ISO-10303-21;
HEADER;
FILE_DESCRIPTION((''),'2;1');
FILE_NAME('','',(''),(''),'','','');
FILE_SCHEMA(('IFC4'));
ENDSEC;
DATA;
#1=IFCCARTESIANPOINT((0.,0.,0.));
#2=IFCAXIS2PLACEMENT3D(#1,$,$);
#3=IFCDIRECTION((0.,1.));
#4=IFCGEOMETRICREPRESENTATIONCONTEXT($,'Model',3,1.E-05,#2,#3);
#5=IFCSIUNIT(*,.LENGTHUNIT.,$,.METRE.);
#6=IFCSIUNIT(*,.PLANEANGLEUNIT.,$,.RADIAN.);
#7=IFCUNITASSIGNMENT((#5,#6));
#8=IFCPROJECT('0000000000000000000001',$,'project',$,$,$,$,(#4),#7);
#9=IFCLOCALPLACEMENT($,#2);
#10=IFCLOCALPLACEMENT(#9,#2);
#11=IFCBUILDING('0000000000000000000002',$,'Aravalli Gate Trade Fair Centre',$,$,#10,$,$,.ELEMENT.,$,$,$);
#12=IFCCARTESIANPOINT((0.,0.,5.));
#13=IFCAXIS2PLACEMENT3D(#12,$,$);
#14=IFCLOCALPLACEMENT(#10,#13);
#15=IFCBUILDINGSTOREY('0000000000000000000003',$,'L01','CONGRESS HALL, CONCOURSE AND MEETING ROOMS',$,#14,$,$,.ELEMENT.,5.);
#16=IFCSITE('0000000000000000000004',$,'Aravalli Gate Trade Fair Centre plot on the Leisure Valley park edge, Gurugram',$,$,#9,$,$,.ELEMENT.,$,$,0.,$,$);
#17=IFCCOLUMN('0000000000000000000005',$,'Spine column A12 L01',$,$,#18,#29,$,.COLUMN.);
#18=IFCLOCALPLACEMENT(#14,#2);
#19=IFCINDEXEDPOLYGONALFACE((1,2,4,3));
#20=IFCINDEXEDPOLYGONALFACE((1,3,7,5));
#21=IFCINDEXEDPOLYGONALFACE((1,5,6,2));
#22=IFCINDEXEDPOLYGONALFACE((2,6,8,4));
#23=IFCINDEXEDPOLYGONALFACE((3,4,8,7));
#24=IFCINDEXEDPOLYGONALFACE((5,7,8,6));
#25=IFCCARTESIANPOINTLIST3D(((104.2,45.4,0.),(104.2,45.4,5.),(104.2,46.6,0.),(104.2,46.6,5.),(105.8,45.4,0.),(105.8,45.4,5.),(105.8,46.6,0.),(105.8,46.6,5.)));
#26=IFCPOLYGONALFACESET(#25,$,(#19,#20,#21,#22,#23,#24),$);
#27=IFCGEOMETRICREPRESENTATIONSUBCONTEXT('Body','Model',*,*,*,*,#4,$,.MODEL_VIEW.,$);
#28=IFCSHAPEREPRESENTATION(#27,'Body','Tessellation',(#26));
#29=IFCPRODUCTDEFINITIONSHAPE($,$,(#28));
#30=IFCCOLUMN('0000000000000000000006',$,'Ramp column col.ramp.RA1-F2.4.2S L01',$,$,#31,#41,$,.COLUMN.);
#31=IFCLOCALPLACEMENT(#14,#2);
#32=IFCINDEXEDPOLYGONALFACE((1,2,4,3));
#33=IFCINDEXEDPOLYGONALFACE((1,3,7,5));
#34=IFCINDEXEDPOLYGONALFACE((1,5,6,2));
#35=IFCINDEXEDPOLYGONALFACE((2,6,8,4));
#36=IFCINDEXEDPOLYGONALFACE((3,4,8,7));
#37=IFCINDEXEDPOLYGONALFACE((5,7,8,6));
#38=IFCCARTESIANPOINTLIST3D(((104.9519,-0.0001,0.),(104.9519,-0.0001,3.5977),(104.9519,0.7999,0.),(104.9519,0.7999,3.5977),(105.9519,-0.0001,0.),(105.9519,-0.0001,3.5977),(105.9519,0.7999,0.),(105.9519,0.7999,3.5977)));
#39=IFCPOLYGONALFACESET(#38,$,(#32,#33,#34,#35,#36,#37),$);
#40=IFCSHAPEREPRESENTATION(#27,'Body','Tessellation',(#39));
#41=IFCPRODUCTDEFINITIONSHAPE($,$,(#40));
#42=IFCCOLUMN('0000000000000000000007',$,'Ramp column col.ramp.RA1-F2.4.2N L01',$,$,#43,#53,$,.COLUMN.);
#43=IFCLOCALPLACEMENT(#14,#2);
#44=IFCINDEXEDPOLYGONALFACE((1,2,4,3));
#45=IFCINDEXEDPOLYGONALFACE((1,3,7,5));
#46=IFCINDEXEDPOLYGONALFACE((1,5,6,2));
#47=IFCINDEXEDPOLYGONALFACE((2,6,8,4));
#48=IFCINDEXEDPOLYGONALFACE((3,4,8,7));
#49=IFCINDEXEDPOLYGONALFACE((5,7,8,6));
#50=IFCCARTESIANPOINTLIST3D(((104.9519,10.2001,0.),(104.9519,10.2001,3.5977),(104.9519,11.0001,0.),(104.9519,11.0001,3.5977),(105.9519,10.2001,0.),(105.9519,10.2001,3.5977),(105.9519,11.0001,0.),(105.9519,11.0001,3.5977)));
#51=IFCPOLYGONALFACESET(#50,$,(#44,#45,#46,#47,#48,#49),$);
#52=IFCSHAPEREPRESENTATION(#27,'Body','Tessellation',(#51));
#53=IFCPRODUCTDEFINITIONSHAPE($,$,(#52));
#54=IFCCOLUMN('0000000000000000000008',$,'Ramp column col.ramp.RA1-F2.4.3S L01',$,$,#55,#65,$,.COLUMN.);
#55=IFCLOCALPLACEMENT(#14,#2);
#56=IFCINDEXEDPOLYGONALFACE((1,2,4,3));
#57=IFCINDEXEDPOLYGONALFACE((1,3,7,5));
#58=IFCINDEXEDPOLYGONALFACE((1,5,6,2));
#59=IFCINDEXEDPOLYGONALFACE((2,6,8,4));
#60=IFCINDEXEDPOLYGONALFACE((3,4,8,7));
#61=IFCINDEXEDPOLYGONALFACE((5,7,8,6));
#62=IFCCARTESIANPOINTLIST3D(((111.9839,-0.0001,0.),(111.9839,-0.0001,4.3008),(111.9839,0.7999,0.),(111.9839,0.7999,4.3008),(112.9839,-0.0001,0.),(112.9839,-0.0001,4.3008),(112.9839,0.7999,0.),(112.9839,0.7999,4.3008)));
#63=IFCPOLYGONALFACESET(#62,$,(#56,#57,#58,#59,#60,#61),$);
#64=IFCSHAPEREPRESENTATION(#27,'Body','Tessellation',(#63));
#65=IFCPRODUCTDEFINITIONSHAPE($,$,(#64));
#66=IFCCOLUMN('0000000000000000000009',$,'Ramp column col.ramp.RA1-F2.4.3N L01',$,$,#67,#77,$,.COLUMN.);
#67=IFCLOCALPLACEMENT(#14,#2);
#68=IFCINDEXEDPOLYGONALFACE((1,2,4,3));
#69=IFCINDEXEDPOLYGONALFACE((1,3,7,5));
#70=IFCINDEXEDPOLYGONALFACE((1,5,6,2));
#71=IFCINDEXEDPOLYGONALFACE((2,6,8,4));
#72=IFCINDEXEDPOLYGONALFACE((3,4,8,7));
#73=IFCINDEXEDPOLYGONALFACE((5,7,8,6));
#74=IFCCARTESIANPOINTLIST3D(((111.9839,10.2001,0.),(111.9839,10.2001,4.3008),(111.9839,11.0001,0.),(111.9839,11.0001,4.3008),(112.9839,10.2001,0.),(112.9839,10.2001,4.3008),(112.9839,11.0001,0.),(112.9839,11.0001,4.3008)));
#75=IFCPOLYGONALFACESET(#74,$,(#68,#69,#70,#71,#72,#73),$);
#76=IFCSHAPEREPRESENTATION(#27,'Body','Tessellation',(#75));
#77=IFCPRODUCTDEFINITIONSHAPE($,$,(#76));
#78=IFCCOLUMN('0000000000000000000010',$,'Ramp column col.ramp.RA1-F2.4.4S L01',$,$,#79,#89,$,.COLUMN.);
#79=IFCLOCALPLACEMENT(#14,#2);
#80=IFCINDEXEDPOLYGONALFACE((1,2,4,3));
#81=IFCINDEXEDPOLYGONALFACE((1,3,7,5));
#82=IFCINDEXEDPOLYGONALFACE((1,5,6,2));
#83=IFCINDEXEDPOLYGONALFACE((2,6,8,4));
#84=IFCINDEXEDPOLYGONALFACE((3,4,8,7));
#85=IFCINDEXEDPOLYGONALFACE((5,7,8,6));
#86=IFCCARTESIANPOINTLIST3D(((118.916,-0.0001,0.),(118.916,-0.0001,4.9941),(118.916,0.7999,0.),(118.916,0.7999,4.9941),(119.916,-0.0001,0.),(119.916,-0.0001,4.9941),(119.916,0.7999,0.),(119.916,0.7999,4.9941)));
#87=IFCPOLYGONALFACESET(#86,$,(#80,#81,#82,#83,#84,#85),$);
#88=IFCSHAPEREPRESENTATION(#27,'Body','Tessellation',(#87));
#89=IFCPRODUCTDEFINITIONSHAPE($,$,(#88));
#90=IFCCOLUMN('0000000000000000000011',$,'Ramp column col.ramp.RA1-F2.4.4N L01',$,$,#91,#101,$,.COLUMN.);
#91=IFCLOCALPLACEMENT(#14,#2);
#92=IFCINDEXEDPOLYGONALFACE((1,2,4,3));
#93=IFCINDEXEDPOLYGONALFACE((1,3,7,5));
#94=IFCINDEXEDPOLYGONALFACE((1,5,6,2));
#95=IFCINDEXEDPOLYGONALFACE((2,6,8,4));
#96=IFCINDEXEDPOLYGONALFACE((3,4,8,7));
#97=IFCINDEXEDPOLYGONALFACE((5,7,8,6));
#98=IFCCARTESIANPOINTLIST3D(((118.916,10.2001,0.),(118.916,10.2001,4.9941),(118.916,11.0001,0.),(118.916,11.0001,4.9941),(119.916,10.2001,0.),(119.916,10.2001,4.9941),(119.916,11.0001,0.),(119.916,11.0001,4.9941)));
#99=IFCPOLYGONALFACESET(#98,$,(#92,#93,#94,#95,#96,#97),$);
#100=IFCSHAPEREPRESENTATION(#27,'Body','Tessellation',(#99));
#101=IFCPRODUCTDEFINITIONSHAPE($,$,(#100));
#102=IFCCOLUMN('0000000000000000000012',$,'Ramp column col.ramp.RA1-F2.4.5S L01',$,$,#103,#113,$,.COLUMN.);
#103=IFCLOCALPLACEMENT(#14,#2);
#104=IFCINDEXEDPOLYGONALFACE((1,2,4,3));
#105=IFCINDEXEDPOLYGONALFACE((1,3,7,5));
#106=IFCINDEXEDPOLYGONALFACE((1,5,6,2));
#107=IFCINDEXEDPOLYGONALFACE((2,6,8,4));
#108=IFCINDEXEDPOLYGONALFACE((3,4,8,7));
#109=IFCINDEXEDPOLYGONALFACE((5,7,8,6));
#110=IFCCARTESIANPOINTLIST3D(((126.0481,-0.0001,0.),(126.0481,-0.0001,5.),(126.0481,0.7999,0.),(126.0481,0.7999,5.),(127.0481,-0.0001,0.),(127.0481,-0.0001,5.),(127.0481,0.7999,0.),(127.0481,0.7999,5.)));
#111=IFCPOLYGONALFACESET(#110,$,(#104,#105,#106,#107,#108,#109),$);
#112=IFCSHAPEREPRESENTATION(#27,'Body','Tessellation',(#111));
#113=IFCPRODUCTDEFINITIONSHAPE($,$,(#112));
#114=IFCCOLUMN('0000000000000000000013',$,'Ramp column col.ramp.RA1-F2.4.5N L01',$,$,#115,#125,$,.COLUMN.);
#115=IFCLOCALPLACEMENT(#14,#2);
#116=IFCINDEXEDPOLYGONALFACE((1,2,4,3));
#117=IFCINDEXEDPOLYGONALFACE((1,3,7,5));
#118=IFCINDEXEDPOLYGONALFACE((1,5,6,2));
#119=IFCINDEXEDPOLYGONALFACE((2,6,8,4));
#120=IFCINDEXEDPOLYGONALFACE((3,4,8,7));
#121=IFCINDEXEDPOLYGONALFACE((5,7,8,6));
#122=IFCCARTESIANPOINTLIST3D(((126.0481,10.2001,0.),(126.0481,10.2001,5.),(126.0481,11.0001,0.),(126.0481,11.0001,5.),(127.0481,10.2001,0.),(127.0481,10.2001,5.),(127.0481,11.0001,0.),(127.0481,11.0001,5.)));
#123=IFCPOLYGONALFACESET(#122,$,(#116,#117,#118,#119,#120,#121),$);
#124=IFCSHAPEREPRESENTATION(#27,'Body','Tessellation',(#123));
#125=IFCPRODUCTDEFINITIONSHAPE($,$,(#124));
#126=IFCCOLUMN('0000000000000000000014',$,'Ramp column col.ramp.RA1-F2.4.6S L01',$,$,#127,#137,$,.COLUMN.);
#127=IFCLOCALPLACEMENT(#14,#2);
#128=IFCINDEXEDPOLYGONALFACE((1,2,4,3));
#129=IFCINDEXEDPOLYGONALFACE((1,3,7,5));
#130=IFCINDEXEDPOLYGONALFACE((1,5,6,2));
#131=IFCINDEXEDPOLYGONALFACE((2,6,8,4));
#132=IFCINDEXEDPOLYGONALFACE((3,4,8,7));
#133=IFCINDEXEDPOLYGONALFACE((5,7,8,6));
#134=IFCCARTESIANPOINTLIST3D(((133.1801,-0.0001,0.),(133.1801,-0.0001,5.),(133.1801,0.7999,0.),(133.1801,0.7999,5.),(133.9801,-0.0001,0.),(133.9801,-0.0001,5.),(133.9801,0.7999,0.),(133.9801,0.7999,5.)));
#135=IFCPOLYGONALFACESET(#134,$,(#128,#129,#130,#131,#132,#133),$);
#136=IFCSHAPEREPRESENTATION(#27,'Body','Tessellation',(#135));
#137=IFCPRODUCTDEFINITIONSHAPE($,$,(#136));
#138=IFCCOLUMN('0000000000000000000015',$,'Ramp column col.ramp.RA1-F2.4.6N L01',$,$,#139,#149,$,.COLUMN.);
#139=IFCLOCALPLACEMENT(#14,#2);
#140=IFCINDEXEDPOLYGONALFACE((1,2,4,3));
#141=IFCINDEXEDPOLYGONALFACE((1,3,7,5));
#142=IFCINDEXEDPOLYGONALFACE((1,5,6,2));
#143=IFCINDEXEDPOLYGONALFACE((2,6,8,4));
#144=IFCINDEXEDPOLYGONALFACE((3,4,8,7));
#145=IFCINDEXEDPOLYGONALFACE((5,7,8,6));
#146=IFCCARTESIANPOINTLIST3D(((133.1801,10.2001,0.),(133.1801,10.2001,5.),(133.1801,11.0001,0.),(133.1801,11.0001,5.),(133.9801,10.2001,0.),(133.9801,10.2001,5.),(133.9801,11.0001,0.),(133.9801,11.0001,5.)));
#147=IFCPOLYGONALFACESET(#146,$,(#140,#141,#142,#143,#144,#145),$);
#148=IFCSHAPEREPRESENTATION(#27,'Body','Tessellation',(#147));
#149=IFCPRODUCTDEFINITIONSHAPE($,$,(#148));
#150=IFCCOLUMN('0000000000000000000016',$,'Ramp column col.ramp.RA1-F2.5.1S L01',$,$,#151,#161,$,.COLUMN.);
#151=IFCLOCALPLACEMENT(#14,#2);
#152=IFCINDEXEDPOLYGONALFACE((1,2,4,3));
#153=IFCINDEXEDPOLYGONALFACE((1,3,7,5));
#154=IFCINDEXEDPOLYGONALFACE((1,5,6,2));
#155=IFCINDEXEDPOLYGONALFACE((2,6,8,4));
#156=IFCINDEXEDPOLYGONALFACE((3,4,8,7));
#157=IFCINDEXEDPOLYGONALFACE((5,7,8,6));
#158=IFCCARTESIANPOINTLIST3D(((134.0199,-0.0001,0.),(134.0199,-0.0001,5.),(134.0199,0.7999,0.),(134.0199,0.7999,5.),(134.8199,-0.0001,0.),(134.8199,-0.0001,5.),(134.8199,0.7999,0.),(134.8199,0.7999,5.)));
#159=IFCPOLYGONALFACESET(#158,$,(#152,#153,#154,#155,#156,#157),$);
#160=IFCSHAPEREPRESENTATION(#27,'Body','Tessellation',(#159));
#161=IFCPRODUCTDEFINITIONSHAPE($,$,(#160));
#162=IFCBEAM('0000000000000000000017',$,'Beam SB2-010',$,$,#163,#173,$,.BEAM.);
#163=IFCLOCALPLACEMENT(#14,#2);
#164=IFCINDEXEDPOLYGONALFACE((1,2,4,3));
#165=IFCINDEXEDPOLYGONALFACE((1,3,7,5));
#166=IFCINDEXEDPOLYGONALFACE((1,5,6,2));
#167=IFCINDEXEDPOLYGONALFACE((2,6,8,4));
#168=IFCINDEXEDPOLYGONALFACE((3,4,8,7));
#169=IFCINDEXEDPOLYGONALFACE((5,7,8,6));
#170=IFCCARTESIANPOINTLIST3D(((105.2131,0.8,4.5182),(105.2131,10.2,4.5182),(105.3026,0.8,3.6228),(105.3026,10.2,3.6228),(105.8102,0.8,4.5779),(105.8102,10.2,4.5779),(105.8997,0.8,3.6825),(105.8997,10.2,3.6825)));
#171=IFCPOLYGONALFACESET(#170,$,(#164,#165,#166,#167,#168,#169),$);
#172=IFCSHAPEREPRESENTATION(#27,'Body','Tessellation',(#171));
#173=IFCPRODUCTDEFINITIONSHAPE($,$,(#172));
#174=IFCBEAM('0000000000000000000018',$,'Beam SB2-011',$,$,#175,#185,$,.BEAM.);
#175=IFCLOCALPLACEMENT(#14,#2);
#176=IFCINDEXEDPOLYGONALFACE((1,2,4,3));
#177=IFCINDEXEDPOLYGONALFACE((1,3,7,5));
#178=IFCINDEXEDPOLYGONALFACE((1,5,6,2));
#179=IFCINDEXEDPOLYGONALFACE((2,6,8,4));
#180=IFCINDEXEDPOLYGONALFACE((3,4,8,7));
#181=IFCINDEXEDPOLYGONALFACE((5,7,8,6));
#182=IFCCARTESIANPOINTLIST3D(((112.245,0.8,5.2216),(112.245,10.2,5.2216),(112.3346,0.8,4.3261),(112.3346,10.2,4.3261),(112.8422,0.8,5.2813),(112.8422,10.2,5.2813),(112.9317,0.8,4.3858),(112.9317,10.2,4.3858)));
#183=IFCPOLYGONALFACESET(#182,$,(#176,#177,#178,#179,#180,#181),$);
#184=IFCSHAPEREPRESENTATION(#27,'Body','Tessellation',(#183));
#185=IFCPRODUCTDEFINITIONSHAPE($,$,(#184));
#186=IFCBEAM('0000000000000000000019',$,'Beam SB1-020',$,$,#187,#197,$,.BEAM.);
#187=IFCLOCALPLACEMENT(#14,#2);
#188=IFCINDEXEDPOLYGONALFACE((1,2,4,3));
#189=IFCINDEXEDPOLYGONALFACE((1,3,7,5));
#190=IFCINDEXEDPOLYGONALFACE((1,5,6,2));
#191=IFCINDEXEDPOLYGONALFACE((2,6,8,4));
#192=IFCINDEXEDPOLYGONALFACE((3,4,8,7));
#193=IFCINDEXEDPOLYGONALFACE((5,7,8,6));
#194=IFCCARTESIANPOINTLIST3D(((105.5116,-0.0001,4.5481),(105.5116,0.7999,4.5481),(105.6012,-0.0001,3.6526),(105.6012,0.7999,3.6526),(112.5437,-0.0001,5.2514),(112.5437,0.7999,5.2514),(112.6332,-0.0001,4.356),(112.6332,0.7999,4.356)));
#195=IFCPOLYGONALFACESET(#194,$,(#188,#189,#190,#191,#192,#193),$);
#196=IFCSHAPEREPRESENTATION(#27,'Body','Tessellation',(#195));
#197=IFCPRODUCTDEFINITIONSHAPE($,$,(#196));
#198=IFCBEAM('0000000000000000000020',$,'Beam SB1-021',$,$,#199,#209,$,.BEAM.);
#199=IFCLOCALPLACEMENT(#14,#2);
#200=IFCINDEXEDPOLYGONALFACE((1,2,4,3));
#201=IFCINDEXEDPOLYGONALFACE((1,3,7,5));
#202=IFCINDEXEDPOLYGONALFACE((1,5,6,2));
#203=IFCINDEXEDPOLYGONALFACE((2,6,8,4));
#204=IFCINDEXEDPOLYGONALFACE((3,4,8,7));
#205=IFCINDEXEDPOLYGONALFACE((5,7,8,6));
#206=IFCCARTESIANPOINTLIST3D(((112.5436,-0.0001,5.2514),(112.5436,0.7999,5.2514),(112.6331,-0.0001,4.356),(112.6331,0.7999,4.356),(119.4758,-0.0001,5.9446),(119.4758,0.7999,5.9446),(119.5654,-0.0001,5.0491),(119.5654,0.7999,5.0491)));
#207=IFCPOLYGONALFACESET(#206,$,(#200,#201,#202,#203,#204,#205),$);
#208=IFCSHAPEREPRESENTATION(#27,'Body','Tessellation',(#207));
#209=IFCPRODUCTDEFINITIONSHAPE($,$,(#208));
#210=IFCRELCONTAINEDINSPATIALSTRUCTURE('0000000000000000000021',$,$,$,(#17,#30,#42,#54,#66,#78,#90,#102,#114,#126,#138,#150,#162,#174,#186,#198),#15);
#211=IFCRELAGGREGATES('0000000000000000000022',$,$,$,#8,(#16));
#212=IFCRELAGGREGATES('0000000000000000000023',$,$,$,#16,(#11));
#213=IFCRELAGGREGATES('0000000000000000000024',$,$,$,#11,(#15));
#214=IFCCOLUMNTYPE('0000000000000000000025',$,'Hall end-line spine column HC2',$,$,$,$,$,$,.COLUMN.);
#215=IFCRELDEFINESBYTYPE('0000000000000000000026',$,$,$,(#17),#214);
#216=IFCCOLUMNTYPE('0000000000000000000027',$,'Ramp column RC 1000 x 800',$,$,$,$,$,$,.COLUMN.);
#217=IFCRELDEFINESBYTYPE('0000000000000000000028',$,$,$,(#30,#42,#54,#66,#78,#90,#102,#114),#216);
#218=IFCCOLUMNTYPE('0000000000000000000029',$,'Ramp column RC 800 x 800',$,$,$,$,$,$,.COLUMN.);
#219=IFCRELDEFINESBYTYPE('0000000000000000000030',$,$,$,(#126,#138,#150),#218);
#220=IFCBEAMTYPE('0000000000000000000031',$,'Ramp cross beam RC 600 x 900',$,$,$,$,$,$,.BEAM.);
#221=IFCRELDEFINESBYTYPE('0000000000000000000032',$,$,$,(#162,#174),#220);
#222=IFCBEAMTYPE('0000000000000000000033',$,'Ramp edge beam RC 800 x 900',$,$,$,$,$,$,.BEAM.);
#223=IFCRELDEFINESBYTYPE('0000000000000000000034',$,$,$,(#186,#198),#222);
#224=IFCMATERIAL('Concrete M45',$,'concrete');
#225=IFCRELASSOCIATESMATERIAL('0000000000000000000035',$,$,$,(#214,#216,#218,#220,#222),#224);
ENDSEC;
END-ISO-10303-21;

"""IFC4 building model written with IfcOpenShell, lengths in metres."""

from ifc_helpers import new_model, si_unit, direction, frame, origin, origin_2d, place, context, subcontext, project, spatial, rectangle, extrude, material, material_profile, profile_set, type_object, element, save


model = new_model("IFC4")

# Units and contexts
model_context = context("Model", 3, precision=1e-05, world=origin(), true_north=direction((0.0, 1.0)))
body_context = subcontext(model_context, "Body", "Model", "MODEL_VIEW")
ifc_project = project(units=[si_unit("LENGTHUNIT", "METRE"), si_unit("PLANEANGLEUNIT", "RADIAN")], contexts=[model_context])

# Site, building, storey
site_placement = place(None, origin())
site = spatial("IfcSite", under=ifc_project, at=site_placement, Name="Aravalli Gate Trade Fair Centre plot on the Leisure Valley park edge, Gurugram", CompositionType="ELEMENT", RefElevation=0.0)
building_placement = place(site_placement, origin())
building = spatial("IfcBuilding", under=site, at=building_placement, Name="Aravalli Gate Trade Fair Centre", CompositionType="ELEMENT")
storey_placement = place(building_placement, frame((0.0, 0.0, 5.0)))
storey = spatial("IfcBuildingStorey", under=building, at=storey_placement, Name="L01", Description="CONGRESS HALL, CONCOURSE AND MEETING ROOMS", CompositionType="ELEMENT", Elevation=5.0)

# Columns
ifc_material_1 = material(Name="Concrete M45", Category="concrete")
ifc_material_profile_1 = material_profile(ifc_material_1, rectangle(XDim=1.6001, YDim=1.2, at=origin_2d()), Name="RC 1600x1200")
ifc_profile_set_1 = profile_set([ifc_material_profile_1], Name="Concrete M45")
column_type_1 = type_object("IfcColumnType", Name="Hall end-line spine column HC2", PredefinedType="COLUMN", material=ifc_profile_set_1)
column_placement = place(storey_placement, frame((105.0, 46.0, 0.0), z_axis=(0.0, 0.0, 1.0), x_axis=(1.0, 0.0, 0.0)))
element("IfcColumn", 1, at=column_placement, inside=storey, type_object=column_type_1, Name="Spine column A12 L01", PredefinedType="COLUMN", context=body_context, shape_type="SweptSolid", body=[
    extrude(rectangle(XDim=1.6001, YDim=1.2, at=origin_2d()), origin(), (0.0, 0.0, 1.0), 5.0),
])
ifc_material_profile_2 = material_profile(ifc_material_1, rectangle(XDim=1.0, YDim=0.8, at=origin_2d()), Name="Ramp column RC 1000 x 800")
ifc_profile_set_2 = profile_set([ifc_material_profile_2], Name="Concrete M45")
column_type_2 = type_object("IfcColumnType", Name="Ramp column RC 1000 x 800", PredefinedType="COLUMN", material=ifc_profile_set_2)
for number, where, z_axis, x_axis, name in (
    (2, (105.4519, 0.3999, 0.0), (0.0, 0.0, 1.0), (1.0, 0.0, 0.0), "Ramp column col.ramp.RA1-F2.4.2S L01"),
    (3, (105.4519, 10.6001, 0.0), (0.0, 0.0, 1.0), (1.0, 0.0, 0.0), "Ramp column col.ramp.RA1-F2.4.2N L01"),
):
    element("IfcColumn", number, at=place(storey_placement, frame(where, z_axis=z_axis, x_axis=x_axis)), inside=storey, type_object=column_type_2, Name=name, PredefinedType="COLUMN", context=body_context, shape_type="SweptSolid", body=[
        extrude(rectangle(XDim=1.0, YDim=0.8, at=origin_2d()), origin(), (0.0, 0.0, 1.0), 3.5977),
    ])
for number, where, z_axis, x_axis, name in (
    (4, (112.4839, 0.3999, 0.0), (0.0, 0.0, 1.0), (1.0, 0.0, 0.0), "Ramp column col.ramp.RA1-F2.4.3S L01"),
    (5, (112.4839, 10.6001, 0.0), (0.0, 0.0, 1.0), (1.0, 0.0, 0.0), "Ramp column col.ramp.RA1-F2.4.3N L01"),
):
    element("IfcColumn", number, at=place(storey_placement, frame(where, z_axis=z_axis, x_axis=x_axis)), inside=storey, type_object=column_type_2, Name=name, PredefinedType="COLUMN", context=body_context, shape_type="SweptSolid", body=[
        extrude(rectangle(XDim=1.0, YDim=0.8, at=origin_2d()), origin(), (0.0, 0.0, 1.0), 4.3008),
    ])
for number, where, z_axis, x_axis, name in (
    (6, (119.416, 0.3999, 0.0), (0.0, 0.0, 1.0), (1.0, 0.0, 0.0), "Ramp column col.ramp.RA1-F2.4.4S L01"),
    (7, (119.416, 10.6001, 0.0), (0.0, 0.0, 1.0), (1.0, 0.0, 0.0), "Ramp column col.ramp.RA1-F2.4.4N L01"),
):
    element("IfcColumn", number, at=place(storey_placement, frame(where, z_axis=z_axis, x_axis=x_axis)), inside=storey, type_object=column_type_2, Name=name, PredefinedType="COLUMN", context=body_context, shape_type="SweptSolid", body=[
        extrude(rectangle(XDim=1.0, YDim=0.8, at=origin_2d()), origin(), (0.0, 0.0, 1.0), 4.9941),
    ])
for number, where, z_axis, x_axis, name in (
    (8, (126.5481, 0.3999, 0.0), (0.0, 0.0, 1.0), (1.0, 0.0, 0.0), "Ramp column col.ramp.RA1-F2.4.5S L01"),
    (9, (126.5481, 10.6001, 0.0), (0.0, 0.0, 1.0), (1.0, 0.0, 0.0), "Ramp column col.ramp.RA1-F2.4.5N L01"),
):
    element("IfcColumn", number, at=place(storey_placement, frame(where, z_axis=z_axis, x_axis=x_axis)), inside=storey, type_object=column_type_2, Name=name, PredefinedType="COLUMN", context=body_context, shape_type="SweptSolid", body=[
        extrude(rectangle(XDim=1.0, YDim=0.8, at=origin_2d()), origin(), (0.0, 0.0, 1.0), 5.0),
    ])
ifc_material_profile_3 = material_profile(ifc_material_1, rectangle(XDim=0.8, YDim=0.8, at=origin_2d()), Name="Ramp column RC 800 x 800")
ifc_profile_set_3 = profile_set([ifc_material_profile_3], Name="Concrete M45")
column_type_3 = type_object("IfcColumnType", Name="Ramp column RC 800 x 800", PredefinedType="COLUMN", material=ifc_profile_set_3)
for number, where, z_axis, x_axis, name in (
    (10, (133.5801, 0.3999, 0.0), (0.0, 0.0, 1.0), (1.0, 0.0, 0.0), "Ramp column col.ramp.RA1-F2.4.6S L01"),
    (11, (133.5801, 10.6001, 0.0), (0.0, 0.0, 1.0), (1.0, 0.0, 0.0), "Ramp column col.ramp.RA1-F2.4.6N L01"),
    (12, (134.4199, 0.3999, 0.0), (0.0, 0.0, 1.0), (1.0, 0.0, 0.0), "Ramp column col.ramp.RA1-F2.5.1S L01"),
):
    element("IfcColumn", number, at=place(storey_placement, frame(where, z_axis=z_axis, x_axis=x_axis)), inside=storey, type_object=column_type_3, Name=name, PredefinedType="COLUMN", context=body_context, shape_type="SweptSolid", body=[
        extrude(rectangle(XDim=0.8, YDim=0.8, at=origin_2d()), origin(), (0.0, 0.0, 1.0), 5.0),
    ])

# Beams
ifc_material_profile_4 = material_profile(ifc_material_1, rectangle(XDim=0.6001, YDim=0.8999, at=origin_2d()), Name="Ramp cross beam RC 600 x 900")
ifc_profile_set_4 = profile_set([ifc_material_profile_4], Name="Concrete M45")
beam_type_1 = type_object("IfcBeamType", Name="Ramp cross beam RC 600 x 900", PredefinedType="BEAM", material=ifc_profile_set_4)
for number, where, z_axis, x_axis, name in (
    (13, (105.5564, 0.8, 4.1003), (0.0, 1.0, 0.0), (-0.995037, 0.0, -0.099504), "Beam SB2-010"),
    (14, (112.5884, 0.8, 4.8037), (0.0, 1.0, 0.0), (-0.995037, 0.0, -0.099504), "Beam SB2-011"),
):
    element("IfcBeam", number, at=place(storey_placement, frame(where, z_axis=z_axis, x_axis=x_axis)), inside=storey, type_object=beam_type_1, Name=name, PredefinedType="BEAM", context=body_context, shape_type="SweptSolid", body=[
        extrude(rectangle(XDim=0.6001, YDim=0.8999, at=origin_2d()), origin(), (0.0, 0.0, 1.0), 9.3999),
    ])
ifc_material_profile_5 = material_profile(ifc_material_1, rectangle(XDim=0.8, YDim=0.8999, at=origin_2d()), Name="Ramp edge beam RC 800 x 900")
ifc_profile_set_5 = profile_set([ifc_material_profile_5], Name="Concrete M45")
beam_type_2 = type_object("IfcBeamType", Name="Ramp edge beam RC 800 x 900", PredefinedType="BEAM", material=ifc_profile_set_5)
beam_1_placement = place(storey_placement, frame((105.5564, 0.3999, 4.1003), z_axis=(0.995035, 0.0, 0.099528), x_axis=(0.0, 1.0, 0.0)))
element("IfcBeam", 15, at=beam_1_placement, inside=storey, type_object=beam_type_2, Name="Beam SB1-020", PredefinedType="BEAM", context=body_context, shape_type="SweptSolid", body=[
    extrude(rectangle(XDim=0.8, YDim=0.8999, at=origin_2d()), origin(), (0.0, 0.0, 1.0), 7.0671),
])
beam_2_placement = place(storey_placement, frame((112.5884, 0.3999, 4.8037), z_axis=(0.995039, 0.0, 0.09949), x_axis=(0.0, 1.0, 0.0)))
element("IfcBeam", 16, at=beam_2_placement, inside=storey, type_object=beam_type_2, Name="Beam SB1-021", PredefinedType="BEAM", context=body_context, shape_type="SweptSolid", body=[
    extrude(rectangle(XDim=0.8, YDim=0.8999, at=origin_2d()), origin(), (0.0, 0.0, 1.0), 6.9668),
])

save(model, "model.ifc")
